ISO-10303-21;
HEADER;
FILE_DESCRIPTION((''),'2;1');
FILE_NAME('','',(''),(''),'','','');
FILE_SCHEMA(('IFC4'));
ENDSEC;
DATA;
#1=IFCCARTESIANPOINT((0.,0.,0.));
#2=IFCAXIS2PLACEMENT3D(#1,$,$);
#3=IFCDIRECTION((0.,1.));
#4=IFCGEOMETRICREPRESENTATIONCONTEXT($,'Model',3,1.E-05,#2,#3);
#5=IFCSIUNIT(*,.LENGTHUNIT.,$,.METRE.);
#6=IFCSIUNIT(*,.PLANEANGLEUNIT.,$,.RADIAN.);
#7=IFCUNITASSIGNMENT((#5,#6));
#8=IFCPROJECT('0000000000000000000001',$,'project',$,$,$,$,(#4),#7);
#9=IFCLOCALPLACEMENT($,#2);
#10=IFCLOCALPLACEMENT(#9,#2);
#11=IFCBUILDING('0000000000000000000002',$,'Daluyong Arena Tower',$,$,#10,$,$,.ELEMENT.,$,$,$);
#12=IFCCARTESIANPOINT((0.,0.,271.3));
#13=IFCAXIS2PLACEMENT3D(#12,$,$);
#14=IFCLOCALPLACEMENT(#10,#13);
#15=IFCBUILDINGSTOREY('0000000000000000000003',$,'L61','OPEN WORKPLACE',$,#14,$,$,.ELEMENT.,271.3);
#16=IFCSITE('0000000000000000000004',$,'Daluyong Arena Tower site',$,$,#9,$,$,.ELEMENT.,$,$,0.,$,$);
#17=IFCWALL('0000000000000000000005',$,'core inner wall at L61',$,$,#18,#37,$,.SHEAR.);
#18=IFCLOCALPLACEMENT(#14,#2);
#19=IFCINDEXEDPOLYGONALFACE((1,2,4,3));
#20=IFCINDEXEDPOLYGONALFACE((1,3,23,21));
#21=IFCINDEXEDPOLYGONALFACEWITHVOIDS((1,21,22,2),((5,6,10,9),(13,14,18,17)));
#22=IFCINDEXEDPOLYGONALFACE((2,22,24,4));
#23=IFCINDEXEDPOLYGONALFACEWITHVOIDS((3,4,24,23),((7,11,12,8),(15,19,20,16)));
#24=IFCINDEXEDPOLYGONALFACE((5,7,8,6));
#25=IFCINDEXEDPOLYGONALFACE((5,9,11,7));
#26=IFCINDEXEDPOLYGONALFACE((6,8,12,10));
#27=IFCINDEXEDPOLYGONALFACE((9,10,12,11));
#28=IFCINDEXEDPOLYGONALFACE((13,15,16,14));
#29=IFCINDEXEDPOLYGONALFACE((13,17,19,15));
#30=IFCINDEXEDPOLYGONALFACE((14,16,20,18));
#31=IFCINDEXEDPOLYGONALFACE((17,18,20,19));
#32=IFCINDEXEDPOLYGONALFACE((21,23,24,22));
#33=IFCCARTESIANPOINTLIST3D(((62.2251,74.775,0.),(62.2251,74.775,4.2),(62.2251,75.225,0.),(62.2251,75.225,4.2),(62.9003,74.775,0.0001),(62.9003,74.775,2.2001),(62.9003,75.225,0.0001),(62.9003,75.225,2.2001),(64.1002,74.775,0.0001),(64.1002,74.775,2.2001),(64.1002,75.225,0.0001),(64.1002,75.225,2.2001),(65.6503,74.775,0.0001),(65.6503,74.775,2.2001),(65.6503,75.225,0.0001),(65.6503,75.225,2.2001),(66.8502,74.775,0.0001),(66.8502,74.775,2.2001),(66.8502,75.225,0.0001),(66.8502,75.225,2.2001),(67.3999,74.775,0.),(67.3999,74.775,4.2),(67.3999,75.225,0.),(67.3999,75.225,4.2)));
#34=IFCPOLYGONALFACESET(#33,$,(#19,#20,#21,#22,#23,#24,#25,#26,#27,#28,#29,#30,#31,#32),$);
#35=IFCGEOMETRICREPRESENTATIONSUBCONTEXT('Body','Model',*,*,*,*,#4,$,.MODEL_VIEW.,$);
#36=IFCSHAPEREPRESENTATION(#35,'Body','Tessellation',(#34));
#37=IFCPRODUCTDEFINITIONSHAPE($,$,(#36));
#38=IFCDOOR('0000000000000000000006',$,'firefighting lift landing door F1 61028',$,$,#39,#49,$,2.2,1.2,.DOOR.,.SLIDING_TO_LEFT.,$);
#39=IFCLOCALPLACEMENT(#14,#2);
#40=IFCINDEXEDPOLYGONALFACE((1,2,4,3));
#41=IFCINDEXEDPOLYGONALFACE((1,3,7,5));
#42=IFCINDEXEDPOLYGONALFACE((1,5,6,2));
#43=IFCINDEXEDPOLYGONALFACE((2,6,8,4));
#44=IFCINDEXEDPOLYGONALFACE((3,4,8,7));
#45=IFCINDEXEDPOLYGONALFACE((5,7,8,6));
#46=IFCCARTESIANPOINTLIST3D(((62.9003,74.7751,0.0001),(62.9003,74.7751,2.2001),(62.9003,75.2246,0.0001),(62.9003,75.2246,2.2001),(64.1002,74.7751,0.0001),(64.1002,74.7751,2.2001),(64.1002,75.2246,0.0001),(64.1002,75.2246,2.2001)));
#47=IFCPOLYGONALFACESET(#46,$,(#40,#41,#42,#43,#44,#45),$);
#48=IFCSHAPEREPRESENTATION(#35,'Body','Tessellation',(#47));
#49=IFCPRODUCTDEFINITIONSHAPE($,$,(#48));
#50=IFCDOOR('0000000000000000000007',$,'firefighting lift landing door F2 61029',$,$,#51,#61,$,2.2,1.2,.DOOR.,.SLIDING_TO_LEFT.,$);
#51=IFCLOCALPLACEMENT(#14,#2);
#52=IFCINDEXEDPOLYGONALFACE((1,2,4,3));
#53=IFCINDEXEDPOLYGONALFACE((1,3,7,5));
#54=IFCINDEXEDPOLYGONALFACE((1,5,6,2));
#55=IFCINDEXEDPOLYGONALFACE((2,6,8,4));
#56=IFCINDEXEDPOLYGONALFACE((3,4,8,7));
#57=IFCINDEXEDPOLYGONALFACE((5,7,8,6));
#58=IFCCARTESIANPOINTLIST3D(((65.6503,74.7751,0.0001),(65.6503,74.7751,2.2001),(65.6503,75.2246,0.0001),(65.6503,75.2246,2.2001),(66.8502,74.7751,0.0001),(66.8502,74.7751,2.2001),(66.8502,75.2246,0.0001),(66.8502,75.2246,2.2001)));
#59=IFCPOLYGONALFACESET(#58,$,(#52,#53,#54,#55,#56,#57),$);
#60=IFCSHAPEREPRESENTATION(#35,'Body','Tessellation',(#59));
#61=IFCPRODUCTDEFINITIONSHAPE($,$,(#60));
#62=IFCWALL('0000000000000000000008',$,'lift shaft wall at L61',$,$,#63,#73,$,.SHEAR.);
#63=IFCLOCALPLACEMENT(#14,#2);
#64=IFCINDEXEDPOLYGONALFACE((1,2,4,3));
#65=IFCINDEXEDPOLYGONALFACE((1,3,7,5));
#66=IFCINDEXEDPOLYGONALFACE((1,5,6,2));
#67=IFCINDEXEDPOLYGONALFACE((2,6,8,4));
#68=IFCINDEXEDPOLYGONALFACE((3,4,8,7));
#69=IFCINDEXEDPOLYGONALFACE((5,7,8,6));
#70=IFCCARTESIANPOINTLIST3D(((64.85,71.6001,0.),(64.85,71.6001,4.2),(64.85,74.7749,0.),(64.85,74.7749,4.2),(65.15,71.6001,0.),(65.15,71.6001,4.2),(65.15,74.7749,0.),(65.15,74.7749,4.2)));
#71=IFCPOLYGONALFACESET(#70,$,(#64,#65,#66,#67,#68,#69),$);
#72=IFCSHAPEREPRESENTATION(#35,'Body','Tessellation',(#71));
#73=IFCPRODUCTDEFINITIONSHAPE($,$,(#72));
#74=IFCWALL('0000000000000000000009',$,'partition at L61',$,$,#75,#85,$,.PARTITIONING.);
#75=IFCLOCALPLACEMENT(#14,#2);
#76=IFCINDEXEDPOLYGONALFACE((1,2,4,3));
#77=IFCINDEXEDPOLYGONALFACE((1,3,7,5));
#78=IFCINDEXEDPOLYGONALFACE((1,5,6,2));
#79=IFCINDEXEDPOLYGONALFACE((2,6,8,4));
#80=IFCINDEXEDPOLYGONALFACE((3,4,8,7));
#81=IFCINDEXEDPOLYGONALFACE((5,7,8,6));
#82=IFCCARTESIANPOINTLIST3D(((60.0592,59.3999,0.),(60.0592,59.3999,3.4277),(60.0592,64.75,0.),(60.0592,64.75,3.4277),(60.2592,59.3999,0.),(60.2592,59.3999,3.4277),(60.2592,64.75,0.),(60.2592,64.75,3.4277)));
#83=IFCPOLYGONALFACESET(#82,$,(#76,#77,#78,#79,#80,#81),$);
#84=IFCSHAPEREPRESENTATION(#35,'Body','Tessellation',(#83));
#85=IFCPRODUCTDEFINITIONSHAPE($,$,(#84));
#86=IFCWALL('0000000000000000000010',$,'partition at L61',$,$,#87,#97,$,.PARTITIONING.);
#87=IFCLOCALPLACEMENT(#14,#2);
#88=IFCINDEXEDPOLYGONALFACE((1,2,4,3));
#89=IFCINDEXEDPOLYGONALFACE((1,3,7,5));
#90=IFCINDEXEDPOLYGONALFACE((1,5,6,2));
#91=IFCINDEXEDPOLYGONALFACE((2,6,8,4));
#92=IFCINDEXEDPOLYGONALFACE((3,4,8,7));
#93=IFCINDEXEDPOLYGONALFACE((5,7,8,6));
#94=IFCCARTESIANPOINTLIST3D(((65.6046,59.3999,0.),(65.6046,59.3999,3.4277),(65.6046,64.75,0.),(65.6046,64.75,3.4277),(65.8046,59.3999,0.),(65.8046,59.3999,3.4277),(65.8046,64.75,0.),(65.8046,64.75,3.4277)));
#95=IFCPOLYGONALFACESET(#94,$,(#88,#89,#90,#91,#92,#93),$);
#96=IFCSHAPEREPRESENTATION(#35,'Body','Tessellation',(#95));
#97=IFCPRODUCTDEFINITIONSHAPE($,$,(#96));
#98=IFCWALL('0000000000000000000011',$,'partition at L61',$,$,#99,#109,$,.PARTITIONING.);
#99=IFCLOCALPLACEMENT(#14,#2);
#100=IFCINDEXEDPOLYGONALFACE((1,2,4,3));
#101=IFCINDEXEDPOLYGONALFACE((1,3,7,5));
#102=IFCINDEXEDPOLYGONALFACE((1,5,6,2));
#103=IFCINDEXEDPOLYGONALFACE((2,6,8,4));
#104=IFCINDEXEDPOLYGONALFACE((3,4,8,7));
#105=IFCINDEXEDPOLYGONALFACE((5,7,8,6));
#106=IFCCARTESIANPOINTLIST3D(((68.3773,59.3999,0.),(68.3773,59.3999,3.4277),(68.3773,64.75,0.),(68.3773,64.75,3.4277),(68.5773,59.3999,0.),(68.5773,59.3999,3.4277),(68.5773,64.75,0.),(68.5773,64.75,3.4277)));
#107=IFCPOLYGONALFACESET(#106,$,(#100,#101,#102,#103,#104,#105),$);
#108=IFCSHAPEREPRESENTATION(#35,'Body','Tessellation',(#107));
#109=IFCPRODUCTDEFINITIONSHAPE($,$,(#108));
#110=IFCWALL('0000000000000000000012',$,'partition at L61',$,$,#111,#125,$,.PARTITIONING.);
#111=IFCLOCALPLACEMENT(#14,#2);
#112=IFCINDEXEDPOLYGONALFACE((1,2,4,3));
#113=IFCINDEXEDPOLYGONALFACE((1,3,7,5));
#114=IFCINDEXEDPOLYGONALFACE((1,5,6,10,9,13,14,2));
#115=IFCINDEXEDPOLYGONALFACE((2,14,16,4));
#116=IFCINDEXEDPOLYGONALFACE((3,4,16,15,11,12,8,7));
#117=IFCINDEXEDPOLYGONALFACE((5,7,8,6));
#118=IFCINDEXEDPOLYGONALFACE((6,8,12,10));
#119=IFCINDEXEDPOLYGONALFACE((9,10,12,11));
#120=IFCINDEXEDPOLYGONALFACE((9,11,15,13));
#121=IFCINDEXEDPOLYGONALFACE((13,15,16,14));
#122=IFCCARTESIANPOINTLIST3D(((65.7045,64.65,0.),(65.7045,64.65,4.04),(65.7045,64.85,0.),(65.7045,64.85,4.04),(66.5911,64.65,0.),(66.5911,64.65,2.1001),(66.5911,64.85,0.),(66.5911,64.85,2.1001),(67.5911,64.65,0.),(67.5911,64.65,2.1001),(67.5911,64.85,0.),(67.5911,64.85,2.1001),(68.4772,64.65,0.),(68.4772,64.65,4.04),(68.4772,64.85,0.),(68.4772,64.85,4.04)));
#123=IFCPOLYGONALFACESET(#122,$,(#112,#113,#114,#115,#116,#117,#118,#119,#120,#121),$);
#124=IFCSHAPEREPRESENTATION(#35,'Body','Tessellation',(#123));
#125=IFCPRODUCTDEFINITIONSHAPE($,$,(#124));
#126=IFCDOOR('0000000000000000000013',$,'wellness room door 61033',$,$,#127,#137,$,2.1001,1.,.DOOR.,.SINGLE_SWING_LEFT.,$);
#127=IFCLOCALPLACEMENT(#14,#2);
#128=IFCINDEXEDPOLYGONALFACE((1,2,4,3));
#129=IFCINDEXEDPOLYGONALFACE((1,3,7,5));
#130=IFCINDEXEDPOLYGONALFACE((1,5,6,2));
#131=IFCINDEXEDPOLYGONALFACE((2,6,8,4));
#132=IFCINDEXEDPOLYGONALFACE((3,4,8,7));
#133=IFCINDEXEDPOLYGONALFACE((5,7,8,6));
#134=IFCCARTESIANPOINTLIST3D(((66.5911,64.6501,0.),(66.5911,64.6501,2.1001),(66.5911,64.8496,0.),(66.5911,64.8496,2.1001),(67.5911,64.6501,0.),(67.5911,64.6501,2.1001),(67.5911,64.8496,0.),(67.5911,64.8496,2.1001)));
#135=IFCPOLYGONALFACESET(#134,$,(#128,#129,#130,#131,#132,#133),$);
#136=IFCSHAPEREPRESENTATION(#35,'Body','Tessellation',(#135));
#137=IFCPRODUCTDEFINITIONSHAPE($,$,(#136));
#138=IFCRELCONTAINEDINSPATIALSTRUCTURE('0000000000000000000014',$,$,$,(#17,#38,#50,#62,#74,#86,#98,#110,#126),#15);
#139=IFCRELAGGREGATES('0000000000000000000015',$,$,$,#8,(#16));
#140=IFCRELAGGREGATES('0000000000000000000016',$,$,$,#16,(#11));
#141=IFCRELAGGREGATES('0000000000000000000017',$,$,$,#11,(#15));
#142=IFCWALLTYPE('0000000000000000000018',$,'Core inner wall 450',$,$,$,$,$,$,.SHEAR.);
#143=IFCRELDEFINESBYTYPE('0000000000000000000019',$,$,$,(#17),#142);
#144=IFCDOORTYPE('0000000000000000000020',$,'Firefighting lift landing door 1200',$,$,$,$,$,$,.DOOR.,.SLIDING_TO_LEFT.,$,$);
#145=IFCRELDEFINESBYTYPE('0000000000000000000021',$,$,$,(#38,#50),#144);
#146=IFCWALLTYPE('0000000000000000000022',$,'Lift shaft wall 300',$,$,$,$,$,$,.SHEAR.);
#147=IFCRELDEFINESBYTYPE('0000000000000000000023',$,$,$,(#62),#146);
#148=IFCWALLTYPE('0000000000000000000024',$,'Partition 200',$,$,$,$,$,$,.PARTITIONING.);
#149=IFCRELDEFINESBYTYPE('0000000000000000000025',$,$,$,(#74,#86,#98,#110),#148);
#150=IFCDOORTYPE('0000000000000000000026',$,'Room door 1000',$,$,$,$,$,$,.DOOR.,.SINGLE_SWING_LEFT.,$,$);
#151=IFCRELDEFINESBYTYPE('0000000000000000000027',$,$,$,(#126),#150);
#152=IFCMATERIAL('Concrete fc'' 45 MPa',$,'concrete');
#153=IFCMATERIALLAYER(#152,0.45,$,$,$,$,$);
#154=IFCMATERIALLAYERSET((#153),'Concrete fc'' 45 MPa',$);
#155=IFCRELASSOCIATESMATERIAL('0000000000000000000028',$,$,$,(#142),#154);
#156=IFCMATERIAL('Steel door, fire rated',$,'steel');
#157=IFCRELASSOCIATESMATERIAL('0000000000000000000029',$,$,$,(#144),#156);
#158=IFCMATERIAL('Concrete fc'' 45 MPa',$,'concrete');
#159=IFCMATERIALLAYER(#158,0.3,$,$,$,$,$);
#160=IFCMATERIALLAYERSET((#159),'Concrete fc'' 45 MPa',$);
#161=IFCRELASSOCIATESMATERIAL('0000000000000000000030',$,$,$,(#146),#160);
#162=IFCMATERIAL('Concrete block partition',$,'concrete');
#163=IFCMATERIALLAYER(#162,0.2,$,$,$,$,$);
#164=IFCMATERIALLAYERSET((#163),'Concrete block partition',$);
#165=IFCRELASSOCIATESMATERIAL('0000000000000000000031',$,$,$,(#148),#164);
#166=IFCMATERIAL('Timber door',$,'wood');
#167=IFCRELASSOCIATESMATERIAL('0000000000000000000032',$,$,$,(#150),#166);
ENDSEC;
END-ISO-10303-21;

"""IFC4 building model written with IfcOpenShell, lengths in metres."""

from ifc_helpers import new_model, si_unit, direction, frame, frame_2d, origin, place, context, subcontext, project, spatial, rectangle, extrude, material, layer, layer_set, type_object, element, fill, save


model = new_model("IFC4")

# Units and contexts
model_context = context("Model", 3, precision=1e-05, world=origin(), true_north=direction((0.0, 1.0)))
body_context = subcontext(model_context, "Body", "Model", "MODEL_VIEW")
ifc_project = project(units=[si_unit("LENGTHUNIT", "METRE"), si_unit("PLANEANGLEUNIT", "RADIAN")], contexts=[model_context])

# Site, building, storey
site_placement = place(None, origin())
site = spatial("IfcSite", under=ifc_project, at=site_placement, Name="Daluyong Arena Tower site", CompositionType="ELEMENT", RefElevation=0.0)
building_placement = place(site_placement, origin())
building = spatial("IfcBuilding", under=site, at=building_placement, Name="Daluyong Arena Tower", CompositionType="ELEMENT")
storey_placement = place(building_placement, frame((0.0, 0.0, 271.3)))
storey = spatial("IfcBuildingStorey", under=building, at=storey_placement, Name="L61", Description="OPEN WORKPLACE", CompositionType="ELEMENT", Elevation=271.3)

# Shared definitions
ifc_material_1 = material(Name="Concrete fc' 45 MPa", Category="concrete")
ifc_layer_1 = layer(ifc_material_1, 0.45)
ifc_layer_set_1 = layer_set([ifc_layer_1], Name="Concrete fc' 45 MPa")
wall_type_1 = type_object("IfcWallType", Name="Core inner wall 450", PredefinedType="SHEAR", material=ifc_layer_set_1)

# Wall, openings, doors
wall_1_placement = place(storey_placement, frame((62.2251, 75.0, 0.0), z_axis=(0.0, 0.0, 1.0), x_axis=(1.0, 0.0, 0.0)))
wall_1 = element("IfcWall", 1, at=wall_1_placement, inside=storey, type_object=wall_type_1, Name="core inner wall at L61", PredefinedType="SHEAR", context=body_context, shape_type="SweptSolid", body=[
    extrude(rectangle(XDim=5.1748, YDim=0.45, at=frame_2d((2.5874, 0.0))), origin(), (0.0, 0.0, 1.0), 4.2),
])
opening_1_placement = place(wall_1_placement, frame((0.675, 0.0, 0.0)))
opening_1 = element("IfcOpeningElement", 2, at=opening_1_placement, cuts=wall_1, PredefinedType="OPENING", context=body_context, shape_type="SweptSolid", body=[
    extrude(rectangle(XDim=1.2, YDim=2.2, at=frame_2d((0.6001, 1.1001))), frame((0.0, 0.2349, 0.0), z_axis=(0.0, -1.0, 0.0), x_axis=(1.0, 0.0, 0.0)), (0.0, 0.0, 1.0), 0.47),
])
opening_2_placement = place(wall_1_placement, frame((3.425, 0.0, 0.0)))
opening_2 = element("IfcOpeningElement", 3, at=opening_2_placement, cuts=wall_1, PredefinedType="OPENING", context=body_context, shape_type="SweptSolid", body=[
    extrude(rectangle(XDim=1.2, YDim=2.2, at=frame_2d((0.6001, 1.1001))), frame((0.0, 0.2349, 0.0), z_axis=(0.0, -1.0, 0.0), x_axis=(1.0, 0.0, 0.0)), (0.0, 0.0, 1.0), 0.47),
])
ifc_material_2 = material(Name="Steel door, fire rated", Category="steel")
door_type_1 = type_object("IfcDoorType", Name="Firefighting lift landing door 1200", OperationType="SLIDING_TO_LEFT", PredefinedType="DOOR", material=ifc_material_2)
door_1_placement = place(opening_1_placement, origin())
door_1 = element("IfcDoor", 4, at=door_1_placement, inside=storey, type_object=door_type_1, Name="firefighting lift landing door F1 61028", OperationType="SLIDING_TO_LEFT", OverallHeight=2.2, OverallWidth=1.2, PredefinedType="DOOR", context=body_context, shape_type="SweptSolid", body=[
    extrude(rectangle(XDim=1.2, YDim=2.2, at=frame_2d((0.6001, 1.1001))), frame((0.0, 0.2246, 0.0), z_axis=(0.0, -1.0, 0.0), x_axis=(1.0, 0.0, 0.0)), (0.0, 0.0, 1.0), 0.4495),
])
fill(opening_1, door_1)
door_2_placement = place(opening_2_placement, origin())
door_2 = element("IfcDoor", 5, at=door_2_placement, inside=storey, type_object=door_type_1, Name="firefighting lift landing door F2 61029", OperationType="SLIDING_TO_LEFT", OverallHeight=2.2, OverallWidth=1.2, PredefinedType="DOOR", context=body_context, shape_type="SweptSolid", body=[
    extrude(rectangle(XDim=1.2, YDim=2.2, at=frame_2d((0.6001, 1.1001))), frame((0.0, 0.2246, 0.0), z_axis=(0.0, -1.0, 0.0), x_axis=(1.0, 0.0, 0.0)), (0.0, 0.0, 1.0), 0.4495),
])
fill(opening_2, door_2)

# Walls
ifc_material_3 = material(Name="Concrete fc' 45 MPa", Category="concrete")
ifc_layer_2 = layer(ifc_material_3, 0.3)
ifc_layer_set_2 = layer_set([ifc_layer_2], Name="Concrete fc' 45 MPa")
wall_type_2 = type_object("IfcWallType", Name="Lift shaft wall 300", PredefinedType="SHEAR", material=ifc_layer_set_2)
wall_2_placement = place(storey_placement, frame((65.0, 71.6001, 0.0), z_axis=(0.0, 0.0, 1.0), x_axis=(0.0, 1.0, 0.0)))
element("IfcWall", 6, at=wall_2_placement, inside=storey, type_object=wall_type_2, Name="lift shaft wall at L61", PredefinedType="SHEAR", context=body_context, shape_type="SweptSolid", body=[
    extrude(rectangle(XDim=3.1748, YDim=0.3, at=frame_2d((1.5874, 0.0))), origin(), (0.0, 0.0, 1.0), 4.2),
])
ifc_material_4 = material(Name="Concrete block partition", Category="concrete")
ifc_layer_3 = layer(ifc_material_4, 0.2)
ifc_layer_set_3 = layer_set([ifc_layer_3], Name="Concrete block partition")
wall_type_3 = type_object("IfcWallType", Name="Partition 200", PredefinedType="PARTITIONING", material=ifc_layer_set_3)
for number, where, z_axis, x_axis, name in (
    (7, (60.1592, 59.3999, 0.0), (0.0, 0.0, 1.0), (0.0, 1.0, 0.0), "partition at L61"),
    (8, (65.7046, 59.3999, 0.0), (0.0, 0.0, 1.0), (0.0, 1.0, 0.0), "partition at L61"),
    (9, (68.4773, 59.3999, 0.0), (0.0, 0.0, 1.0), (0.0, 1.0, 0.0), "partition at L61"),
):
    element("IfcWall", number, at=place(storey_placement, frame(where, z_axis=z_axis, x_axis=x_axis)), inside=storey, type_object=wall_type_3, Name=name, PredefinedType="PARTITIONING", context=body_context, shape_type="SweptSolid", body=[
        extrude(rectangle(XDim=5.3501, YDim=0.2, at=frame_2d((2.675, 0.0))), origin(), (0.0, 0.0, 1.0), 3.4277),
    ])

# Wall, opening, door
wall_3_placement = place(storey_placement, frame((65.7046, 64.75, 0.0), z_axis=(0.0, 0.0, 1.0), x_axis=(1.0, 0.0, 0.0)))
wall_3 = element("IfcWall", 10, at=wall_3_placement, inside=storey, type_object=wall_type_3, Name="partition at L61", PredefinedType="PARTITIONING", context=body_context, shape_type="SweptSolid", body=[
    extrude(rectangle(XDim=2.7727, YDim=0.2, at=frame_2d((1.3862, 0.0))), origin(), (0.0, 0.0, 1.0), 4.04),
])
opening_3_placement = place(wall_3_placement, frame((0.8865, 0.0, 0.0)))
opening_3 = element("IfcOpeningElement", 11, at=opening_3_placement, cuts=wall_3, PredefinedType="OPENING", context=body_context, shape_type="SweptSolid", body=[
    extrude(rectangle(XDim=1.0, YDim=2.1001, at=frame_2d((0.5, 1.05))), frame((0.0, 0.1099, 0.0), z_axis=(0.0, -1.0, 0.0), x_axis=(1.0, 0.0, 0.0)), (0.0, 0.0, 1.0), 0.22),
])
ifc_material_5 = material(Name="Timber door", Category="wood")
door_type_2 = type_object("IfcDoorType", Name="Room door 1000", OperationType="SINGLE_SWING_LEFT", PredefinedType="DOOR", material=ifc_material_5)
door_3_placement = place(opening_3_placement, origin())
door_3 = element("IfcDoor", 12, at=door_3_placement, inside=storey, type_object=door_type_2, Name="wellness room door 61033", OperationType="SINGLE_SWING_LEFT", OverallHeight=2.1001, OverallWidth=1.0, PredefinedType="DOOR", context=body_context, shape_type="SweptSolid", body=[
    extrude(rectangle(XDim=1.0, YDim=2.1001, at=frame_2d((0.5, 1.05))), frame((0.0, 0.0996, 0.0), z_axis=(0.0, -1.0, 0.0), x_axis=(1.0, 0.0, 0.0)), (0.0, 0.0, 1.0), 0.1995),
])
fill(opening_3, door_3)

save(model, "model.ifc")
